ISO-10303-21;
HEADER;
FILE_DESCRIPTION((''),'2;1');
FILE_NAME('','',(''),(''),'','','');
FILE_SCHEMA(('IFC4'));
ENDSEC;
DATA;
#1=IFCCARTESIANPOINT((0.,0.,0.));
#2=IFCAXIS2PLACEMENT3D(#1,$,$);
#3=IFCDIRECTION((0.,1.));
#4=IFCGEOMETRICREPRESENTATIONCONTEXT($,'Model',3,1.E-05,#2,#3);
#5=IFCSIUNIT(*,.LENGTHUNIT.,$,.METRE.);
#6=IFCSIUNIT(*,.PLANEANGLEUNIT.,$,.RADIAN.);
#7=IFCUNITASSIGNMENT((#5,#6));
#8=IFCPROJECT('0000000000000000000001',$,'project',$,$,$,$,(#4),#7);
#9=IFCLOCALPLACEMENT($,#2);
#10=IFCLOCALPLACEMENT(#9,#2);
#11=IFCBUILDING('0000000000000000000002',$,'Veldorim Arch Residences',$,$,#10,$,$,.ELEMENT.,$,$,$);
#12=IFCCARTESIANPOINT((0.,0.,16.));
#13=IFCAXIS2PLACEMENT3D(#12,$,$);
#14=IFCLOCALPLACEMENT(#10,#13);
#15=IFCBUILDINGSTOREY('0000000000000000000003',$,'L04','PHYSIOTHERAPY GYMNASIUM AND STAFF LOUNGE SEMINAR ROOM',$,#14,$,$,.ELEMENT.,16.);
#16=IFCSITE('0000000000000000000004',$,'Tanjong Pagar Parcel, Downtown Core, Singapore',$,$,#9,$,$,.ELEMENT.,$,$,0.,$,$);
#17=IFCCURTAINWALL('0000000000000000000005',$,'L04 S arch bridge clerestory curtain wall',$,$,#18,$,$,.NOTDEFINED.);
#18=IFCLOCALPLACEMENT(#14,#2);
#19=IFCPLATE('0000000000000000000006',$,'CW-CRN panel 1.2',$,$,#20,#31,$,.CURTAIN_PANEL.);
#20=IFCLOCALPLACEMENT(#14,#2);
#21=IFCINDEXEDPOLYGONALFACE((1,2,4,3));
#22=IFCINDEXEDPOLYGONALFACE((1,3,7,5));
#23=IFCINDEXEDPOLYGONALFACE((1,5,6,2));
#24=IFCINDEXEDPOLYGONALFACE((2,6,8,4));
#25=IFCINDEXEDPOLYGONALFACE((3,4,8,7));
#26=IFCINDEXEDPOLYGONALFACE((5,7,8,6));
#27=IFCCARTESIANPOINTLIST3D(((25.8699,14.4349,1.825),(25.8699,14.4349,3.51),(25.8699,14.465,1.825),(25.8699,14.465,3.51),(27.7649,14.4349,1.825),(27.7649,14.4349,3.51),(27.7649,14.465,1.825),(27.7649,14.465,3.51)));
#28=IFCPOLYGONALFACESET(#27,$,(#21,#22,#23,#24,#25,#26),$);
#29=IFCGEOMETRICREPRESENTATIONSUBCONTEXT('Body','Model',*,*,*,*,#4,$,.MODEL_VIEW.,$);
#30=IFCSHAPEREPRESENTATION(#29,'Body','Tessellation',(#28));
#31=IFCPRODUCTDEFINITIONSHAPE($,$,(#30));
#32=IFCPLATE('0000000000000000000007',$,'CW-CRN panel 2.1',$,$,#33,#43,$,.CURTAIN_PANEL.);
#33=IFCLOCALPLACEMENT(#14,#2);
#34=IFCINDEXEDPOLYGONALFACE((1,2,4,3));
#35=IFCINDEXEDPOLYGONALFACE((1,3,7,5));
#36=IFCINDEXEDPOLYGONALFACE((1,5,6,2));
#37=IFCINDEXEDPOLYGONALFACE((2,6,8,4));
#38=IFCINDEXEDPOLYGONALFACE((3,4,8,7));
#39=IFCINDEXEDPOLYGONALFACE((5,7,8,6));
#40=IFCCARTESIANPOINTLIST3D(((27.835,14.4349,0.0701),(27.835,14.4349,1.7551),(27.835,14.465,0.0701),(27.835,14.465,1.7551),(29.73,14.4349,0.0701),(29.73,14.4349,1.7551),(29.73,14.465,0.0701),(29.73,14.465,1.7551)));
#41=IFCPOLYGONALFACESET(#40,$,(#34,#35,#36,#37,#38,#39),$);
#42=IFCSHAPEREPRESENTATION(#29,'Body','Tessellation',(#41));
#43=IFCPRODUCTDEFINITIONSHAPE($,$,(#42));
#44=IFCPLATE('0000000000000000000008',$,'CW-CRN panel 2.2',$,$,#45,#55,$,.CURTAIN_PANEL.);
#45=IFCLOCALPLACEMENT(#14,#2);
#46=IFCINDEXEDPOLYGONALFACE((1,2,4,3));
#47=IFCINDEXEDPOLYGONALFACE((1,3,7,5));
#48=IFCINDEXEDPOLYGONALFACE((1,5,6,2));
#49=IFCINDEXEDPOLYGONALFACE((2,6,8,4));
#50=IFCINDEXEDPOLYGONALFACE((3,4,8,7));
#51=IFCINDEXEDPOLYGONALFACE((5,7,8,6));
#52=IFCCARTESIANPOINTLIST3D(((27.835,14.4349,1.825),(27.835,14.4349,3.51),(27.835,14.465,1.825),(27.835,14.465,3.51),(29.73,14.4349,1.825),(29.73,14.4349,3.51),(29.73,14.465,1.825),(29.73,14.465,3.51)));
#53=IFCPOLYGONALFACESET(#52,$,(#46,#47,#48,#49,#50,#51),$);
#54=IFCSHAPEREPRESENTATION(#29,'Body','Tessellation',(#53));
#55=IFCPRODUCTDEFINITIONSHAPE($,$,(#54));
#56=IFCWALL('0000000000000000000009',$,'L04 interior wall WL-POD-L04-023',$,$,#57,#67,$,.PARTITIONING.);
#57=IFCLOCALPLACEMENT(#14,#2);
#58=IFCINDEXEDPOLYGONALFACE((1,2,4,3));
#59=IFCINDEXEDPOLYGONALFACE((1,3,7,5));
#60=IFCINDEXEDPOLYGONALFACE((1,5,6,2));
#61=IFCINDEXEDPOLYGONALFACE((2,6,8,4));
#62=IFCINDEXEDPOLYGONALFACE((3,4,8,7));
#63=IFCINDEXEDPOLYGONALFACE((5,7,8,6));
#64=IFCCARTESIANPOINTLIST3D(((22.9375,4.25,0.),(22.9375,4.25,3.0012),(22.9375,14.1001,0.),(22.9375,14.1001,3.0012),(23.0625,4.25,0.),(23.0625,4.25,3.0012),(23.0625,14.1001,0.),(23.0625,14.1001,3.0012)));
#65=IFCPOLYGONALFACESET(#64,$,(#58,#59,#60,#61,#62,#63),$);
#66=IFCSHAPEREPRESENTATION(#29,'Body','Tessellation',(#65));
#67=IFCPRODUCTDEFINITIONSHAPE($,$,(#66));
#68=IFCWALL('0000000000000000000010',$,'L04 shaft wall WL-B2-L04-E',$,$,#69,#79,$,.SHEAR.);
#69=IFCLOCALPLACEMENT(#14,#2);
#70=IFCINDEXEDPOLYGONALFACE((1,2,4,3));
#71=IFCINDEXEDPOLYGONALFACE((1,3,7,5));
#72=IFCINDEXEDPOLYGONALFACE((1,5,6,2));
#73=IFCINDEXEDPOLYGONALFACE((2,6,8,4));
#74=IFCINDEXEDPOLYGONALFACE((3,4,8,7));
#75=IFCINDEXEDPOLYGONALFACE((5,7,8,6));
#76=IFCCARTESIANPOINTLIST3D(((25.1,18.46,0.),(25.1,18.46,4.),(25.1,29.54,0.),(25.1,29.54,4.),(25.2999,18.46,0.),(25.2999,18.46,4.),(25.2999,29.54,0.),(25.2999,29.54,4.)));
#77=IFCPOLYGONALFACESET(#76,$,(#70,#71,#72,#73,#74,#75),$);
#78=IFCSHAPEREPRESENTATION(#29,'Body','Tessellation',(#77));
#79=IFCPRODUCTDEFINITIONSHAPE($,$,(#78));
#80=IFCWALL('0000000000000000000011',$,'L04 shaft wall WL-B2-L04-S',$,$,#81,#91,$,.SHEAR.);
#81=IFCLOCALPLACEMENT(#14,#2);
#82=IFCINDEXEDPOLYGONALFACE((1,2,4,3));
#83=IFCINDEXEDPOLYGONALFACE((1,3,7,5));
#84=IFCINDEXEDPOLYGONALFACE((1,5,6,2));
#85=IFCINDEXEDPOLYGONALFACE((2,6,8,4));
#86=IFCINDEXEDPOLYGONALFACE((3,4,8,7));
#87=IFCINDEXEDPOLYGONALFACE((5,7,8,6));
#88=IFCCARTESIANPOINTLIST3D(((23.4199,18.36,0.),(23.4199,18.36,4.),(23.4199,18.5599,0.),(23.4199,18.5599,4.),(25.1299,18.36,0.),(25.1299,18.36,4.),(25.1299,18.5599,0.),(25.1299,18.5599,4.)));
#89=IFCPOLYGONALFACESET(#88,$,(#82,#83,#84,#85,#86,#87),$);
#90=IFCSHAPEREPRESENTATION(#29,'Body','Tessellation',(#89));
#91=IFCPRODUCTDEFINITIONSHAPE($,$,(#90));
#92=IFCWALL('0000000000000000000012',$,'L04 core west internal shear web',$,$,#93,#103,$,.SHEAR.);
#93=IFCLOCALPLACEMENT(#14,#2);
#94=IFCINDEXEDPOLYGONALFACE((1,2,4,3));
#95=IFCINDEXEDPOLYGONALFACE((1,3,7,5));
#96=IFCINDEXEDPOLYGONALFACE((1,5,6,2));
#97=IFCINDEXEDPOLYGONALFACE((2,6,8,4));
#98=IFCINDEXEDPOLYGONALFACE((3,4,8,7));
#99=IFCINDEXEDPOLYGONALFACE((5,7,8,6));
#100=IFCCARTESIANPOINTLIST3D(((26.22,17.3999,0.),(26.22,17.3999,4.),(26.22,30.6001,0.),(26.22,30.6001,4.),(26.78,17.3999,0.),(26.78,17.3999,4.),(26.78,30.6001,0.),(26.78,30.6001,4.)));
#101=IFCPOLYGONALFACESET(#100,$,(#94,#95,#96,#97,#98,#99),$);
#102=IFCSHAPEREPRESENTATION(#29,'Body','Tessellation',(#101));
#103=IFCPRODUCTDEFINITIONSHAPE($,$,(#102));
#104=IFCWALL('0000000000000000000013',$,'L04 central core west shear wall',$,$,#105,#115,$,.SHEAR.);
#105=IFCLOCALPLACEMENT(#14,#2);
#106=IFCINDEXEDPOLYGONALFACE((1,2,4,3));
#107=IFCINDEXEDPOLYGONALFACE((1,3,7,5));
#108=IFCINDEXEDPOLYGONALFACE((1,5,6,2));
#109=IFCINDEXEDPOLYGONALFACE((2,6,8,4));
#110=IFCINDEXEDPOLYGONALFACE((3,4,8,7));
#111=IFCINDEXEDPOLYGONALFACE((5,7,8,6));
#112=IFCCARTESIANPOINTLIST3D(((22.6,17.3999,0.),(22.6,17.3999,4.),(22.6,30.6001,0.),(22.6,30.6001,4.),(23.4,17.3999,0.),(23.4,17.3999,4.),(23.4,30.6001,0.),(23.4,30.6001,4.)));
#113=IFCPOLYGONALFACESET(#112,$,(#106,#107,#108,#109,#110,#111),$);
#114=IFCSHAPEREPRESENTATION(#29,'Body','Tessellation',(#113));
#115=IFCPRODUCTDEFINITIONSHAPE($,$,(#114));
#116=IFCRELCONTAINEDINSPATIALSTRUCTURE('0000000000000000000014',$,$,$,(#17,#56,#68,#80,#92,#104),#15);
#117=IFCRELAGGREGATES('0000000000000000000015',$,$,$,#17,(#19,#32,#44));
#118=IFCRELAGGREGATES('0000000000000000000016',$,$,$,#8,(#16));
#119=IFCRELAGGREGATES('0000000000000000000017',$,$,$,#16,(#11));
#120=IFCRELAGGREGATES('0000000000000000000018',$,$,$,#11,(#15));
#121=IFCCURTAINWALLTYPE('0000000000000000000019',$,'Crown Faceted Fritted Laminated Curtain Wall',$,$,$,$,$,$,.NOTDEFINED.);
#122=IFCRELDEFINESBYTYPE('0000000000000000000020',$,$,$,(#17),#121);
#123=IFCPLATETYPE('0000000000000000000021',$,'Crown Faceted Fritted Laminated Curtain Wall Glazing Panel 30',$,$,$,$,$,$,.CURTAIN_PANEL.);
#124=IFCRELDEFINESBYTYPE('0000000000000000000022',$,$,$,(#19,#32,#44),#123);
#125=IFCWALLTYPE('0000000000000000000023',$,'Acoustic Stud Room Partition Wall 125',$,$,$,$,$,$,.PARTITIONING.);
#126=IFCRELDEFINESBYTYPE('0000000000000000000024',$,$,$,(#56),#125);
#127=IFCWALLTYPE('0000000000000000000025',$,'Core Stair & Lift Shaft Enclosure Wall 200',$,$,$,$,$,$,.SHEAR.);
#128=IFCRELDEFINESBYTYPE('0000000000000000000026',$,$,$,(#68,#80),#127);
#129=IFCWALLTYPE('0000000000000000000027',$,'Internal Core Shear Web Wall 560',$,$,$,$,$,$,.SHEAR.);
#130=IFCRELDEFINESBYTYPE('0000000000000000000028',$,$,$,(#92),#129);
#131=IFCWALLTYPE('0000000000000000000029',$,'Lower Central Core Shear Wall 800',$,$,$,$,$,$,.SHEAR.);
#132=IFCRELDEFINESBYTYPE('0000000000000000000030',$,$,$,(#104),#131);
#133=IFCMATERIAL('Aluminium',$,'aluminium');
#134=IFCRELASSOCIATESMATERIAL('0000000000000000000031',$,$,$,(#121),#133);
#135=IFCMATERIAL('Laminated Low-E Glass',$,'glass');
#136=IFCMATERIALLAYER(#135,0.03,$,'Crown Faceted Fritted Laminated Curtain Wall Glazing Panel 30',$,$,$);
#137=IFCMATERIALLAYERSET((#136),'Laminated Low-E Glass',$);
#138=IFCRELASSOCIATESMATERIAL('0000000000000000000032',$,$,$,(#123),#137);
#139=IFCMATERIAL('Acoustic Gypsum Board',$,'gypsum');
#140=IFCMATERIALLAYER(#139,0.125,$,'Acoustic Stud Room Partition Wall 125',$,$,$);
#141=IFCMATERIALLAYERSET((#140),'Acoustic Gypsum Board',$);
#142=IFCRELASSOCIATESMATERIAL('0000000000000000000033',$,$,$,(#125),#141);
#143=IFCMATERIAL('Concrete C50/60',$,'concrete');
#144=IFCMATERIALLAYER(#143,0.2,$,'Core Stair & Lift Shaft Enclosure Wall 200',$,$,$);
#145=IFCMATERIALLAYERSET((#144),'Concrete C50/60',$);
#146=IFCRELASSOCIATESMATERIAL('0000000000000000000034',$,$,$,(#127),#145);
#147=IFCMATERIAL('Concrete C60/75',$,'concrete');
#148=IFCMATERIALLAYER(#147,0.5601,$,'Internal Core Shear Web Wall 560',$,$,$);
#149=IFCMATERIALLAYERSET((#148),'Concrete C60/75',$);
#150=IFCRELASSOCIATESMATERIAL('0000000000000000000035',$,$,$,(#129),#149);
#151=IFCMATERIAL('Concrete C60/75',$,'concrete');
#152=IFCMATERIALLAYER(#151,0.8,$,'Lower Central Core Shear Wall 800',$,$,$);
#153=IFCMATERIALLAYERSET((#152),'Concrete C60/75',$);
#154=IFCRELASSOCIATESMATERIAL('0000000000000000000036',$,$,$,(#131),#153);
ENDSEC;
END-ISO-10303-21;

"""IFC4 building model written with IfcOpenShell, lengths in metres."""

from ifc_helpers import new_model, si_unit, direction, frame, frame_2d, origin, origin_2d, place, context, subcontext, project, spatial, rectangle, extrude, material, layer, layer_set, type_object, element, aggregate, save


model = new_model("IFC4")

# Units and contexts
model_context = context("Model", 3, precision=1e-05, world=origin(), true_north=direction((0.0, 1.0)))
body_context = subcontext(model_context, "Body", "Model", "MODEL_VIEW")
ifc_project = project(units=[si_unit("LENGTHUNIT", "METRE"), si_unit("PLANEANGLEUNIT", "RADIAN")], contexts=[model_context])

# Site, building, storey
site_placement = place(None, origin())
site = spatial("IfcSite", under=ifc_project, at=site_placement, Name="Tanjong Pagar Parcel, Downtown Core, Singapore", CompositionType="ELEMENT", RefElevation=0.0)
building_placement = place(site_placement, origin())
building = spatial("IfcBuilding", under=site, at=building_placement, Name="Veldorim Arch Residences", CompositionType="ELEMENT")
storey_placement = place(building_placement, frame((0.0, 0.0, 16.0)))
storey = spatial("IfcBuildingStorey", under=building, at=storey_placement, Name="L04", Description="PHYSIOTHERAPY GYMNASIUM AND STAFF LOUNGE SEMINAR ROOM", CompositionType="ELEMENT", Elevation=16.0)

# Curtain wall
ifc_material_1 = material(Name="Aluminium", Category="aluminium")
curtain_wall_type = type_object("IfcCurtainWallType", Name="Crown Faceted Fritted Laminated Curtain Wall", PredefinedType="NOTDEFINED", material=ifc_material_1)
curtain_wall_placement = place(storey_placement, origin())
curtain_wall = element("IfcCurtainWall", 1, at=curtain_wall_placement, inside=storey, type_object=curtain_wall_type, Name="L04 S arch bridge clerestory curtain wall", PredefinedType="NOTDEFINED")

# Plates
ifc_material_2 = material(Name="Laminated Low-E Glass", Category="glass")
ifc_layer_1 = layer(ifc_material_2, 0.03, Name="Crown Faceted Fritted Laminated Curtain Wall Glazing Panel 30")
ifc_layer_set_1 = layer_set([ifc_layer_1], Name="Laminated Low-E Glass")
plate_type = type_object("IfcPlateType", Name="Crown Faceted Fritted Laminated Curtain Wall Glazing Panel 30", PredefinedType="CURTAIN_PANEL", material=ifc_layer_set_1)
plate_1_placement = place(storey_placement, frame((26.8174, 14.45, 1.825), z_axis=(0.0, 0.0, 1.0), x_axis=(1.0, 0.0, 0.0)))
plate_1 = element("IfcPlate", 2, at=plate_1_placement, type_object=plate_type, Name="CW-CRN panel 1.2", PredefinedType="CURTAIN_PANEL", context=body_context, shape_type="SweptSolid", body=[
    extrude(rectangle(XDim=1.895, YDim=0.03, at=origin_2d()), origin(), (0.0, 0.0, 1.0), 1.6851),
])
plate_2_placement = place(storey_placement, frame((28.7825, 14.45, 0.0701), z_axis=(0.0, 0.0, 1.0), x_axis=(1.0, 0.0, 0.0)))
plate_2 = element("IfcPlate", 3, at=plate_2_placement, type_object=plate_type, Name="CW-CRN panel 2.1", PredefinedType="CURTAIN_PANEL", context=body_context, shape_type="SweptSolid", body=[
    extrude(rectangle(XDim=1.895, YDim=0.03, at=origin_2d()), origin(), (0.0, 0.0, 1.0), 1.6851),
])
plate_3_placement = place(storey_placement, frame((28.7825, 14.45, 1.825), z_axis=(0.0, 0.0, 1.0), x_axis=(1.0, 0.0, 0.0)))
plate_3 = element("IfcPlate", 4, at=plate_3_placement, type_object=plate_type, Name="CW-CRN panel 2.2", PredefinedType="CURTAIN_PANEL", context=body_context, shape_type="SweptSolid", body=[
    extrude(rectangle(XDim=1.895, YDim=0.03, at=origin_2d()), origin(), (0.0, 0.0, 1.0), 1.6851),
])
aggregate(curtain_wall, [plate_1, plate_2, plate_3])

# Walls
ifc_material_3 = material(Name="Acoustic Gypsum Board", Category="gypsum")
ifc_layer_2 = layer(ifc_material_3, 0.125, Name="Acoustic Stud Room Partition Wall 125")
ifc_layer_set_2 = layer_set([ifc_layer_2], Name="Acoustic Gypsum Board")
wall_type_1 = type_object("IfcWallType", Name="Acoustic Stud Room Partition Wall 125", PredefinedType="PARTITIONING", material=ifc_layer_set_2)
wall_1_placement = place(storey_placement, frame((23.0, 14.1001, 0.0), z_axis=(0.0, 0.0, 1.0), x_axis=(0.0, -1.0, 0.0)))
element("IfcWall", 5, at=wall_1_placement, inside=storey, type_object=wall_type_1, Name="L04 interior wall WL-POD-L04-023", PredefinedType="PARTITIONING", context=body_context, shape_type="SweptSolid", body=[
    extrude(rectangle(XDim=9.8501, YDim=0.125, at=frame_2d((4.925, 0.0))), origin(), (0.0, 0.0, 1.0), 3.0012),
])
ifc_material_4 = material(Name="Concrete C50/60", Category="concrete")
ifc_layer_3 = layer(ifc_material_4, 0.2, Name="Core Stair & Lift Shaft Enclosure Wall 200")
ifc_layer_set_3 = layer_set([ifc_layer_3], Name="Concrete C50/60")
wall_type_2 = type_object("IfcWallType", Name="Core Stair & Lift Shaft Enclosure Wall 200", PredefinedType="SHEAR", material=ifc_layer_set_3)
wall_2_placement = place(storey_placement, frame((25.2, 18.46, 0.0), z_axis=(0.0, 0.0, 1.0), x_axis=(0.0, 1.0, 0.0)))
element("IfcWall", 6, at=wall_2_placement, inside=storey, type_object=wall_type_2, Name="L04 shaft wall WL-B2-L04-E", PredefinedType="SHEAR", context=body_context, shape_type="SweptSolid", body=[
    extrude(rectangle(XDim=11.0801, YDim=0.2, at=frame_2d((5.54, 0.0))), origin(), (0.0, 0.0, 1.0), 4.0),
])
wall_3_placement = place(storey_placement, frame((23.4199, 18.46, 0.0), z_axis=(0.0, 0.0, 1.0), x_axis=(1.0, 0.0, 0.0)))
element("IfcWall", 7, at=wall_3_placement, inside=storey, type_object=wall_type_2, Name="L04 shaft wall WL-B2-L04-S", PredefinedType="SHEAR", context=body_context, shape_type="SweptSolid", body=[
    extrude(rectangle(XDim=1.71, YDim=0.2, at=frame_2d((0.855, 0.0))), origin(), (0.0, 0.0, 1.0), 4.0),
])
ifc_material_5 = material(Name="Concrete C60/75", Category="concrete")
ifc_layer_4 = layer(ifc_material_5, 0.5601, Name="Internal Core Shear Web Wall 560")
ifc_layer_set_4 = layer_set([ifc_layer_4], Name="Concrete C60/75")
wall_type_3 = type_object("IfcWallType", Name="Internal Core Shear Web Wall 560", PredefinedType="SHEAR", material=ifc_layer_set_4)
wall_4_placement = place(storey_placement, frame((26.5, 17.3999, 0.0), z_axis=(0.0, 0.0, 1.0), x_axis=(0.0, 1.0, 0.0)))
element("IfcWall", 8, at=wall_4_placement, inside=storey, type_object=wall_type_3, Name="L04 core west internal shear web", PredefinedType="SHEAR", context=body_context, shape_type="SweptSolid", body=[
    extrude(rectangle(XDim=13.2002, YDim=0.5601, at=frame_2d((6.6001, 0.0))), origin(), (0.0, 0.0, 1.0), 4.0),
])
ifc_material_6 = material(Name="Concrete C60/75", Category="concrete")
ifc_layer_5 = layer(ifc_material_6, 0.8, Name="Lower Central Core Shear Wall 800")
ifc_layer_set_5 = layer_set([ifc_layer_5], Name="Concrete C60/75")
wall_type_4 = type_object("IfcWallType", Name="Lower Central Core Shear Wall 800", PredefinedType="SHEAR", material=ifc_layer_set_5)
wall_5_placement = place(storey_placement, frame((23.0, 17.3999, 0.0), z_axis=(0.0, 0.0, 1.0), x_axis=(0.0, 1.0, 0.0)))
element("IfcWall", 9, at=wall_5_placement, inside=storey, type_object=wall_type_4, Name="L04 central core west shear wall", PredefinedType="SHEAR", context=body_context, shape_type="SweptSolid", body=[
    extrude(rectangle(XDim=13.2002, YDim=0.8, at=frame_2d((6.6001, 0.0))), origin(), (0.0, 0.0, 1.0), 4.0),
])

save(model, "model.ifc")
